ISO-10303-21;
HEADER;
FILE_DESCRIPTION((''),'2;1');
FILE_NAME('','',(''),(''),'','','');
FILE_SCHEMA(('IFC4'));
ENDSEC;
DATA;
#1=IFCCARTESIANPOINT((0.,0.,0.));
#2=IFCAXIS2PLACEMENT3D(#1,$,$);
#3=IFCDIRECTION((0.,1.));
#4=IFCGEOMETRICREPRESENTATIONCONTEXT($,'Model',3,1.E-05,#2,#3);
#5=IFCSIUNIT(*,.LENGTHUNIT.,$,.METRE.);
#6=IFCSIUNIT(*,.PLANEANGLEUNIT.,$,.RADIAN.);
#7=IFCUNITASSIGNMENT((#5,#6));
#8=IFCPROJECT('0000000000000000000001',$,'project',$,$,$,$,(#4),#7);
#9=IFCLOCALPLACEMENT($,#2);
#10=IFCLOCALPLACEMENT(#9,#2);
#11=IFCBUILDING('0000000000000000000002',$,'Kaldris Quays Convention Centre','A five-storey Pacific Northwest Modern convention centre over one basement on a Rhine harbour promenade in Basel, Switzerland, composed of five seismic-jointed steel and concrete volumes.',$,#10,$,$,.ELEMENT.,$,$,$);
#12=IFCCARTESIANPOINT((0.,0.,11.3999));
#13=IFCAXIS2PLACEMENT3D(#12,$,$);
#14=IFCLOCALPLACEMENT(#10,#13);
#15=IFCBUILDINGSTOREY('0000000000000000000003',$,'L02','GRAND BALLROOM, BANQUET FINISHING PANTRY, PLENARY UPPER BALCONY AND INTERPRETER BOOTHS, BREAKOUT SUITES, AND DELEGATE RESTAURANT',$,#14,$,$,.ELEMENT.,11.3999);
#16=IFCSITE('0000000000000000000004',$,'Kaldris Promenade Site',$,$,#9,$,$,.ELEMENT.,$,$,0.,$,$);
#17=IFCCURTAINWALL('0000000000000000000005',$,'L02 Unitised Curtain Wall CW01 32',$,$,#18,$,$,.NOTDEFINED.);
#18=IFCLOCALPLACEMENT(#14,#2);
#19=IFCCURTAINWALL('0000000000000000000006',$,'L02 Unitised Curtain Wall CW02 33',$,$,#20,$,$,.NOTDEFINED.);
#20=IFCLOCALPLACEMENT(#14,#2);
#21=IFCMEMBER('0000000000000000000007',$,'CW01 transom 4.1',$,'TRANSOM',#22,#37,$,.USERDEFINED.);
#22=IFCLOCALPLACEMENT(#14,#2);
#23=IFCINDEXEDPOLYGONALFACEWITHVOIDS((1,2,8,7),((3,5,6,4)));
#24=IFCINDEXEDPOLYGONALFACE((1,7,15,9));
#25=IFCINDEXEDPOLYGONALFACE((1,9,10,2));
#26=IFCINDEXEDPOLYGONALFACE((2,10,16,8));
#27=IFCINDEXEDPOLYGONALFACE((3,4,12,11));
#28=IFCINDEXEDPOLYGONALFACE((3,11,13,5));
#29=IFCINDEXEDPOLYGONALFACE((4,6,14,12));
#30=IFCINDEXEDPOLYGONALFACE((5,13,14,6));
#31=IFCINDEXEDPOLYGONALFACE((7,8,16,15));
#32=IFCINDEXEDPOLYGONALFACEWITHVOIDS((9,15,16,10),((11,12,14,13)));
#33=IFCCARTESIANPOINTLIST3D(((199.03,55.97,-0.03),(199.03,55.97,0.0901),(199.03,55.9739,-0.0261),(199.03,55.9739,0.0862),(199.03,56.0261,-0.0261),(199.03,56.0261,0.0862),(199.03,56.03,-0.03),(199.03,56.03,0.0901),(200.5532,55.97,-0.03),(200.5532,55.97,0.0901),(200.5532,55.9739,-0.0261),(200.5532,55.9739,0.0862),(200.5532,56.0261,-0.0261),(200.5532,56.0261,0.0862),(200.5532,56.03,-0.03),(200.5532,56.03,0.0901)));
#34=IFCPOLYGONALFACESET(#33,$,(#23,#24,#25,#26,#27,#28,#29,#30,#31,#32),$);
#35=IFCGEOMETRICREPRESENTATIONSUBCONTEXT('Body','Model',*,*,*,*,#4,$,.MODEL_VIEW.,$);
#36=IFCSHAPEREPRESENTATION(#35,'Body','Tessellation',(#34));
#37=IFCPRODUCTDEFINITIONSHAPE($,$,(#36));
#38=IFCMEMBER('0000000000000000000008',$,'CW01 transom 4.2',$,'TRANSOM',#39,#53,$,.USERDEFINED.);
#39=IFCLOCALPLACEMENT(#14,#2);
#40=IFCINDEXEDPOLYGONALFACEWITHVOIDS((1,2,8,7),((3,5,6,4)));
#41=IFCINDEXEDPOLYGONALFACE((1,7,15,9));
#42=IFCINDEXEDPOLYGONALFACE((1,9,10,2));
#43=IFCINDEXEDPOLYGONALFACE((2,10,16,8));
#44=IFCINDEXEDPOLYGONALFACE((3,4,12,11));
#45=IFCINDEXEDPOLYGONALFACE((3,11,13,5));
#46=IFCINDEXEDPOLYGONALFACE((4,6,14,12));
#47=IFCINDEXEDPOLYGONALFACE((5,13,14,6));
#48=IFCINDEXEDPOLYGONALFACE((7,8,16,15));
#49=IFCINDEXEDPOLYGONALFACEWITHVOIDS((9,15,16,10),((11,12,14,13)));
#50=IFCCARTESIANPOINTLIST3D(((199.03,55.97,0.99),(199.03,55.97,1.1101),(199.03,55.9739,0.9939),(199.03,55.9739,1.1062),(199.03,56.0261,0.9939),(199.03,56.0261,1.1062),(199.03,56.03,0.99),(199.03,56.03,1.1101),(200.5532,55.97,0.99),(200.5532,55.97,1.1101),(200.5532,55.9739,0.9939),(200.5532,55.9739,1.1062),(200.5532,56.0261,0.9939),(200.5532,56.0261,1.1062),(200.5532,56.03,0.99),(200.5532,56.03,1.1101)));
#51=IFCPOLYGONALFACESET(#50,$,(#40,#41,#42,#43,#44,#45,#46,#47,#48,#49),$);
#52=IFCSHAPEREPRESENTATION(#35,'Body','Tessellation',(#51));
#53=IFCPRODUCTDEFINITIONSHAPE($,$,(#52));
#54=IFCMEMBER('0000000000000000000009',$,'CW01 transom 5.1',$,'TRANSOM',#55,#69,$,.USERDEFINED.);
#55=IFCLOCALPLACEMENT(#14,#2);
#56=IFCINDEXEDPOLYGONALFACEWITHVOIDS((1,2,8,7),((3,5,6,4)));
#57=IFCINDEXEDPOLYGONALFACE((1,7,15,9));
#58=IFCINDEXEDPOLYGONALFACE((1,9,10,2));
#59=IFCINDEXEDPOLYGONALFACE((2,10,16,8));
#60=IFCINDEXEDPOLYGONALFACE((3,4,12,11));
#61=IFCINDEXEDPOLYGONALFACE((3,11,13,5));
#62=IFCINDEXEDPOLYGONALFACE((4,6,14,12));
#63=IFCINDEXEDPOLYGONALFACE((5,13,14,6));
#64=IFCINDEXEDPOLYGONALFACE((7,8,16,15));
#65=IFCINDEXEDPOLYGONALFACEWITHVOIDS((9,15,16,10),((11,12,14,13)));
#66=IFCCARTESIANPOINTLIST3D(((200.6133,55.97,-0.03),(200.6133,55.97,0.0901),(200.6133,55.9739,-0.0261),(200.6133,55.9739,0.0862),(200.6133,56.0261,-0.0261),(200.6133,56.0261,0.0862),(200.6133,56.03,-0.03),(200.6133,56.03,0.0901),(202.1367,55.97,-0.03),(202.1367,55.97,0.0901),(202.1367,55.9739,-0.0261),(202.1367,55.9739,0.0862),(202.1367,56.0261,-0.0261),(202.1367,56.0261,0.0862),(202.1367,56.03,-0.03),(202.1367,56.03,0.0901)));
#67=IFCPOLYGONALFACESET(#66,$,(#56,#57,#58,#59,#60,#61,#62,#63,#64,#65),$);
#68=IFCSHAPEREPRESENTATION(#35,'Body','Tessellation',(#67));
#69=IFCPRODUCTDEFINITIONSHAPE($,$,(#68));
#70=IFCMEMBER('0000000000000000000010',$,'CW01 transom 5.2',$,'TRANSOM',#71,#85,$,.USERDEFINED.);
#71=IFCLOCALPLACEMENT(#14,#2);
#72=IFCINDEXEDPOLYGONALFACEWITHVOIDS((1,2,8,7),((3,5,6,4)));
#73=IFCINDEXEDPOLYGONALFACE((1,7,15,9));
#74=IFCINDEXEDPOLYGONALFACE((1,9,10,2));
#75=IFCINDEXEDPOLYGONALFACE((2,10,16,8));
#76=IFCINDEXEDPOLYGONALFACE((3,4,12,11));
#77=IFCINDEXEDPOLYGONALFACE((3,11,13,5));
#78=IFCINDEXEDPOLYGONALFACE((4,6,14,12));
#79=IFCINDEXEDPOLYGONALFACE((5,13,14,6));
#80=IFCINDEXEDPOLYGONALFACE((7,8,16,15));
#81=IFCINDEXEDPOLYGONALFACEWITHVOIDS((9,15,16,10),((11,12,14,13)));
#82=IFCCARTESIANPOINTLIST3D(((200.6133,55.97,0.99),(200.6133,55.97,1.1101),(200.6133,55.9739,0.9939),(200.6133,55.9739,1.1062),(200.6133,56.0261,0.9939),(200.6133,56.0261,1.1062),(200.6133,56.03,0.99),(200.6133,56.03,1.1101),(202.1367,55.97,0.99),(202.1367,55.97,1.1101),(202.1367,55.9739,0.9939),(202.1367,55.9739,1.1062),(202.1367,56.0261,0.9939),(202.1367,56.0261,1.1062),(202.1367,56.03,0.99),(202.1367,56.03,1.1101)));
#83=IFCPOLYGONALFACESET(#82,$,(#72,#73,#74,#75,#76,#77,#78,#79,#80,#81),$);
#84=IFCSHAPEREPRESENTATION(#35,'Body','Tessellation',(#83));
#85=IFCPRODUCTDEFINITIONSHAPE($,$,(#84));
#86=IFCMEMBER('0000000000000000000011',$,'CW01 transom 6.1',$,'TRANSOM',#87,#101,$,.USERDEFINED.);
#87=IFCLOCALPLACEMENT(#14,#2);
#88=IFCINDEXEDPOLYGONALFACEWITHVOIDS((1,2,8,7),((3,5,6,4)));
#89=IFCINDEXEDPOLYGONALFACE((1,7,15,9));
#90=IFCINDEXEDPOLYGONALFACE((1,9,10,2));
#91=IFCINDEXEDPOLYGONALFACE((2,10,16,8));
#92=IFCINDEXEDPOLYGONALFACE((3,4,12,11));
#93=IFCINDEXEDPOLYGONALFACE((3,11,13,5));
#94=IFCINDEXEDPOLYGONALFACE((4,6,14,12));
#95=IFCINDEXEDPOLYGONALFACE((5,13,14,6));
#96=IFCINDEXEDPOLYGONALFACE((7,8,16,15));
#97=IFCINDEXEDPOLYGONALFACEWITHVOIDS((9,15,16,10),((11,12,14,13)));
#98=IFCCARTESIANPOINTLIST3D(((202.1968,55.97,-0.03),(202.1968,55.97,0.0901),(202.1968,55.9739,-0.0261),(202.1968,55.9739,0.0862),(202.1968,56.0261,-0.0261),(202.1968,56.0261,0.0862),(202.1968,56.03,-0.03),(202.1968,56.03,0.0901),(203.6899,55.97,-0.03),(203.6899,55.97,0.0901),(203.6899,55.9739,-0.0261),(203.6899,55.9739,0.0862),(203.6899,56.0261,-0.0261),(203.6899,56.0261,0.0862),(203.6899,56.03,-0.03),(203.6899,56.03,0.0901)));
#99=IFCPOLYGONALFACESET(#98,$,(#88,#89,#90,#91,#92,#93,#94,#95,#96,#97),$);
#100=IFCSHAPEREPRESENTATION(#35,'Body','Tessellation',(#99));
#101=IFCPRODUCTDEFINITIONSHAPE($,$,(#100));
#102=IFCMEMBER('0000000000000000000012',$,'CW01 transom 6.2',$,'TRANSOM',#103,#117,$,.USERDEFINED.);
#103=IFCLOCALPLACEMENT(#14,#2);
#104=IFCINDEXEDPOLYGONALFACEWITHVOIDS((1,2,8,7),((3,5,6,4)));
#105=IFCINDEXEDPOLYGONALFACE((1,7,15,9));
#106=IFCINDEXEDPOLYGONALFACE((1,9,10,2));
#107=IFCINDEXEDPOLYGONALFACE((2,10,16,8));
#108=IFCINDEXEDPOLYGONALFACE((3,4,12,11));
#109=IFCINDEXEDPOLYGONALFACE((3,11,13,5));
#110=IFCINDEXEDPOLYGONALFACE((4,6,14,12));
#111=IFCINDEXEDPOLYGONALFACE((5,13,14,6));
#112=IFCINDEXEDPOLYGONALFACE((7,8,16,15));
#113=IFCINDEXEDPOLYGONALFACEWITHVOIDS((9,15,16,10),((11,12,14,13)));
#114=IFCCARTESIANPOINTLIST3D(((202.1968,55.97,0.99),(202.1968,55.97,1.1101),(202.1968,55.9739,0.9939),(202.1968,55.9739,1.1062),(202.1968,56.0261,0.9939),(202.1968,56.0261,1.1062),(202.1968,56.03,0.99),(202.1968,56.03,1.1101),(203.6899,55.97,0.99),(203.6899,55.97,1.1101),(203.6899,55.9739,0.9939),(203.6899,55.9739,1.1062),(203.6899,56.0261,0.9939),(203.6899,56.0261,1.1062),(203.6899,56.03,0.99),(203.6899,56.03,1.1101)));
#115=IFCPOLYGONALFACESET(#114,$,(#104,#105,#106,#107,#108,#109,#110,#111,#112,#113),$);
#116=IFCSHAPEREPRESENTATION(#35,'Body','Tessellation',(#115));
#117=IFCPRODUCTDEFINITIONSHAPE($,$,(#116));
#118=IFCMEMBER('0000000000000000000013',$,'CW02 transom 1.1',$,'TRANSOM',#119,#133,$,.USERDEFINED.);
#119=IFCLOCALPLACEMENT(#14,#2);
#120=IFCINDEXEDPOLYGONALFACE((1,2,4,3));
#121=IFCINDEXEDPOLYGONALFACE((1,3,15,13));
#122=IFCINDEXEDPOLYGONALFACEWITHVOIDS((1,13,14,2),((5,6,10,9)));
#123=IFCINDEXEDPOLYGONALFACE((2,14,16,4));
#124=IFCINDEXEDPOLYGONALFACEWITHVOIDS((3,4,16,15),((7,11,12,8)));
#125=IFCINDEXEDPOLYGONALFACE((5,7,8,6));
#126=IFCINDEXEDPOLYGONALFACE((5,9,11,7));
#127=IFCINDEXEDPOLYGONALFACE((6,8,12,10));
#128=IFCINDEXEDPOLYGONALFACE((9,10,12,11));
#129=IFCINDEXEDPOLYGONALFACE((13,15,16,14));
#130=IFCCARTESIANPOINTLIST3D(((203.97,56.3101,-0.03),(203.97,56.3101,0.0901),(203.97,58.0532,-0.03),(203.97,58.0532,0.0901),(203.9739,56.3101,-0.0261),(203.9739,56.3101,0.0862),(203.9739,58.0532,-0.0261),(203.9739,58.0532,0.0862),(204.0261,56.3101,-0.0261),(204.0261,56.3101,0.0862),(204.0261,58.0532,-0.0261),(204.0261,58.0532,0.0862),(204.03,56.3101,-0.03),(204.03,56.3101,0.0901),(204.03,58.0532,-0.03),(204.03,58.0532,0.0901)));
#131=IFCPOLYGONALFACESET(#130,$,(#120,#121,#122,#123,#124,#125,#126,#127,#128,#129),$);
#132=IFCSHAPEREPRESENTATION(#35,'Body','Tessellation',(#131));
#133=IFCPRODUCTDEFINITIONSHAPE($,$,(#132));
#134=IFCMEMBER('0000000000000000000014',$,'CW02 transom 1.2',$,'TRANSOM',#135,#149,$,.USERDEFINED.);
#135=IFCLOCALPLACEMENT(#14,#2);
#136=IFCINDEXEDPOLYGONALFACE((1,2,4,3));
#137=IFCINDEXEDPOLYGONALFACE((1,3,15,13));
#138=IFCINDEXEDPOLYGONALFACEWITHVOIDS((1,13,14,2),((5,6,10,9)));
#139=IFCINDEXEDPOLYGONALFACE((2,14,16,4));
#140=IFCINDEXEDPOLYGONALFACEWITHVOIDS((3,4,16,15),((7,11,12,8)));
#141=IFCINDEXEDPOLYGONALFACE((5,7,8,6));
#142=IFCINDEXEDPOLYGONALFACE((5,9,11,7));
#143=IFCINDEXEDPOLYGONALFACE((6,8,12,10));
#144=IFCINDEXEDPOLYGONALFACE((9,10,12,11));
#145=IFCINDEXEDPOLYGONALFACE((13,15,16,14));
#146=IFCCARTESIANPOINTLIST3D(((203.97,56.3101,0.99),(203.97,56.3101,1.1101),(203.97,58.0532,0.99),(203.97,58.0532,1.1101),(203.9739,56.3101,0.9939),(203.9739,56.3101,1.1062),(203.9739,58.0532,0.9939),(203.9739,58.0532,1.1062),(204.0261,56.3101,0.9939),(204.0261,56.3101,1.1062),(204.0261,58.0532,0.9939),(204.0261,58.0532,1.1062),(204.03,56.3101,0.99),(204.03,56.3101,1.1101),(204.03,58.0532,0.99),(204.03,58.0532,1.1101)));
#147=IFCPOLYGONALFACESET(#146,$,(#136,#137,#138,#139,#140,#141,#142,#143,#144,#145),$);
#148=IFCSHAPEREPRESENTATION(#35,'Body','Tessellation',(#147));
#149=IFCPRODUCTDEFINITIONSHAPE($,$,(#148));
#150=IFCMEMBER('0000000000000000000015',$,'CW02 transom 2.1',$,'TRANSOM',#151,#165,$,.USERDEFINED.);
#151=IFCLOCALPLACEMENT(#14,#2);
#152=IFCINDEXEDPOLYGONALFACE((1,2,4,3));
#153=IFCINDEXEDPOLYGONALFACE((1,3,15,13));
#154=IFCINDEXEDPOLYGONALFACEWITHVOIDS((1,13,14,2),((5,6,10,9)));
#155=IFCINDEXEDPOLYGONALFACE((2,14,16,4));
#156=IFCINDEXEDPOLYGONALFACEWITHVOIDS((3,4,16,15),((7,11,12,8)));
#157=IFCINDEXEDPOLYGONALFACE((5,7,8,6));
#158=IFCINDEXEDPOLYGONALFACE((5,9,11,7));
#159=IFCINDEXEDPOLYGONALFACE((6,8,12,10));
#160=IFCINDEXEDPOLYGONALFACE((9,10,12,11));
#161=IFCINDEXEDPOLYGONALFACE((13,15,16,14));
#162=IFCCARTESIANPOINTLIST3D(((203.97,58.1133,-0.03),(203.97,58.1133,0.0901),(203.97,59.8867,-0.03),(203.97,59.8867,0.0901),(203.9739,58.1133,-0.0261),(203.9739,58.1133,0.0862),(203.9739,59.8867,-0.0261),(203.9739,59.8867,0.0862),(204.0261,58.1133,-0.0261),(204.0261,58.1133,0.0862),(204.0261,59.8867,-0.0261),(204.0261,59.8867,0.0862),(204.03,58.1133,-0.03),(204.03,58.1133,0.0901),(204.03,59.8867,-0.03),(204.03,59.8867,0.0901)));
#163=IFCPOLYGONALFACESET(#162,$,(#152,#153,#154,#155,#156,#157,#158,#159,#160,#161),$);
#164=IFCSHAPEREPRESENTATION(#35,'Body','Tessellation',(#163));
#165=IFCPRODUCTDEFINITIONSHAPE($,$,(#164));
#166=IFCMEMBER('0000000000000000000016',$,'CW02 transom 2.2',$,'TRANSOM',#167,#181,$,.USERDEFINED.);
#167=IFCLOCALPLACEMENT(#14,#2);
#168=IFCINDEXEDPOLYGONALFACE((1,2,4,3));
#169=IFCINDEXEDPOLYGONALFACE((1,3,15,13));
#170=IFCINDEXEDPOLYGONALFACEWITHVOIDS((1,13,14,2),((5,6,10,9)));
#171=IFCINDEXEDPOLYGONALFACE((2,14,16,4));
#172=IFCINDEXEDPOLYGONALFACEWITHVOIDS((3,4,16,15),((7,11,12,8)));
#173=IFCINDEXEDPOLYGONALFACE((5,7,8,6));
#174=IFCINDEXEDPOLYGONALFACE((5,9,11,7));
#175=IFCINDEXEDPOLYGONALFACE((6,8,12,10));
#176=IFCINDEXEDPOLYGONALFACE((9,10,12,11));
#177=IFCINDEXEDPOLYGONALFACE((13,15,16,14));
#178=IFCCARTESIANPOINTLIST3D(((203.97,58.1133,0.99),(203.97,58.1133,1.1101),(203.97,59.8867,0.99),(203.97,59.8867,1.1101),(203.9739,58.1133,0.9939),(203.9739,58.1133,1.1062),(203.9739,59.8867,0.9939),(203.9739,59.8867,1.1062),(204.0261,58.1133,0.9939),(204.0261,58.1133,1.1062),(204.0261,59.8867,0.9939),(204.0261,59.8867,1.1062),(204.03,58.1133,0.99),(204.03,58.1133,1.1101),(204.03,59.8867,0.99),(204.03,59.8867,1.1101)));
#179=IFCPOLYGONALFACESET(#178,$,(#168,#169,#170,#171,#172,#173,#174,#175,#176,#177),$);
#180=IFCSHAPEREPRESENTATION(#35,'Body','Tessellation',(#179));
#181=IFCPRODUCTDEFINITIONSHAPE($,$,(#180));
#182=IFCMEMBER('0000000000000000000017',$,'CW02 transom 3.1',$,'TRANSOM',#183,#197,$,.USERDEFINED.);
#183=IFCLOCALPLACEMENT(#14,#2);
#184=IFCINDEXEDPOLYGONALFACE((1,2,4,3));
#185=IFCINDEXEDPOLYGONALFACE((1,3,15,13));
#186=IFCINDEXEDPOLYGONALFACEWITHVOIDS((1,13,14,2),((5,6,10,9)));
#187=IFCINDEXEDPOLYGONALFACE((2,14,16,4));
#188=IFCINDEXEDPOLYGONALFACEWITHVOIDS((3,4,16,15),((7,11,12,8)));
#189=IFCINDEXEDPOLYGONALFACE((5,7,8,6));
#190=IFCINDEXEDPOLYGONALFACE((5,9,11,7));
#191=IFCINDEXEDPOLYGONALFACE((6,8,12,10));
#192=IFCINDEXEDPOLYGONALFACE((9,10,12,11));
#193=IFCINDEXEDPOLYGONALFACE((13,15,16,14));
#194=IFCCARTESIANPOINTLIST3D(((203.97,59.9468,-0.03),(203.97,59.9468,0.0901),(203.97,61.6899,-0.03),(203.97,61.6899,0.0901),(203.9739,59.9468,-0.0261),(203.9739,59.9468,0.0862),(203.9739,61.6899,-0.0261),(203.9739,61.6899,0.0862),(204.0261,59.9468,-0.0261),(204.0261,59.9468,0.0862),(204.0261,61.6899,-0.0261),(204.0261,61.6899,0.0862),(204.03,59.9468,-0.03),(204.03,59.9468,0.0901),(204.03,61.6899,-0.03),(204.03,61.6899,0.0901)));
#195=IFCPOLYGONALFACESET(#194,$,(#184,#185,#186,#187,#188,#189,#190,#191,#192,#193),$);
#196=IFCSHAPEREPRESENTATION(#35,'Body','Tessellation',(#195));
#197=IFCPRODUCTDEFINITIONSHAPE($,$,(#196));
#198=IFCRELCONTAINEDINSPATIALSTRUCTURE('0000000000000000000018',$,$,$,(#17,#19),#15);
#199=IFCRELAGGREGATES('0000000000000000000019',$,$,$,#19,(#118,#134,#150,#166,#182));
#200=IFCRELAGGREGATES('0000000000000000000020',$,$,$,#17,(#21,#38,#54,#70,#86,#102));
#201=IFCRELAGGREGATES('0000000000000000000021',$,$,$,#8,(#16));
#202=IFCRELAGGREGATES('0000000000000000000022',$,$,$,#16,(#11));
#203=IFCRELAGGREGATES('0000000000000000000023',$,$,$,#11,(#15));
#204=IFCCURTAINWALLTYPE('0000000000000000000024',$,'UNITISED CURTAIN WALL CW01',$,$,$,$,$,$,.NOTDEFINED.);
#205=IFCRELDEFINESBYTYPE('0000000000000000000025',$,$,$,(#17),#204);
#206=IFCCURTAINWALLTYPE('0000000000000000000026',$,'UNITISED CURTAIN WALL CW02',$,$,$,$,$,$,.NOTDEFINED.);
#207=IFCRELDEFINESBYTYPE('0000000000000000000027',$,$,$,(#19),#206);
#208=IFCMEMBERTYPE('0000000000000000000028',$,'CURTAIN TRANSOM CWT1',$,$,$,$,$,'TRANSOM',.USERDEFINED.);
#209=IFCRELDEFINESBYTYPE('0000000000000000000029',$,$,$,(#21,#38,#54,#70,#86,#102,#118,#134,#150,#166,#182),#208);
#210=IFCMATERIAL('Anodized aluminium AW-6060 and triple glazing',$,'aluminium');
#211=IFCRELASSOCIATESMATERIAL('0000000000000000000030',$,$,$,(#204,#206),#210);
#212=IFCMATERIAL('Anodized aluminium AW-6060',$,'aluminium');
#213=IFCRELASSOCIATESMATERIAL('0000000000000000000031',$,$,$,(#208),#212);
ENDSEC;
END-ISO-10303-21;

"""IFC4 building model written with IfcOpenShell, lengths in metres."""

from ifc_helpers import new_model, si_unit, direction, frame, origin, origin_2d, place, context, subcontext, project, spatial, hollow_rectangle, extrude, material, material_profile, profile_set, type_object, element, aggregate, save


model = new_model("IFC4")

# Units and contexts
model_context = context("Model", 3, precision=1e-05, world=origin(), true_north=direction((0.0, 1.0)))
body_context = subcontext(model_context, "Body", "Model", "MODEL_VIEW")
ifc_project = project(units=[si_unit("LENGTHUNIT", "METRE"), si_unit("PLANEANGLEUNIT", "RADIAN")], contexts=[model_context])

# Site, building, storey
site_placement = place(None, origin())
site = spatial("IfcSite", under=ifc_project, at=site_placement, Name="Kaldris Promenade Site", CompositionType="ELEMENT", RefElevation=0.0)
building_placement = place(site_placement, origin())
building = spatial("IfcBuilding", under=site, at=building_placement, Name="Kaldris Quays Convention Centre", Description="A five-storey Pacific Northwest Modern convention centre over one basement on a Rhine harbour promenade in Basel, Switzerland, composed of five seismic-jointed steel and concrete volumes.", CompositionType="ELEMENT")
storey_placement = place(building_placement, frame((0.0, 0.0, 11.3999)))
storey = spatial("IfcBuildingStorey", under=building, at=storey_placement, Name="L02", Description="GRAND BALLROOM, BANQUET FINISHING PANTRY, PLENARY UPPER BALCONY AND INTERPRETER BOOTHS, BREAKOUT SUITES, AND DELEGATE RESTAURANT", CompositionType="ELEMENT", Elevation=11.3999)

# Curtain walls
ifc_material_1 = material(Name="Anodized aluminium AW-6060 and triple glazing", Category="aluminium")
curtain_wall_type_1 = type_object("IfcCurtainWallType", Name="UNITISED CURTAIN WALL CW01", PredefinedType="NOTDEFINED", material=ifc_material_1)
curtain_wall_1_placement = place(storey_placement, origin())
curtain_wall_1 = element("IfcCurtainWall", 1, at=curtain_wall_1_placement, inside=storey, type_object=curtain_wall_type_1, Name="L02 Unitised Curtain Wall CW01 32", PredefinedType="NOTDEFINED")
ifc_material_2 = material(Name="Anodized aluminium AW-6060", Category="aluminium")
curtain_wall_type_2 = type_object("IfcCurtainWallType", Name="UNITISED CURTAIN WALL CW02", PredefinedType="NOTDEFINED", material=ifc_material_1)
curtain_wall_2_placement = place(storey_placement, origin())
curtain_wall_2 = element("IfcCurtainWall", 2, at=curtain_wall_2_placement, inside=storey, type_object=curtain_wall_type_2, Name="L02 Unitised Curtain Wall CW02 33", PredefinedType="NOTDEFINED")

# Members
ifc_material_profile_1 = material_profile(ifc_material_2, hollow_rectangle(XDim=0.0601, YDim=0.1201, WallThickness=0.0039, at=origin_2d()), Name="RHS 120x60x4")
ifc_profile_set_1 = profile_set([ifc_material_profile_1], Name="Anodized aluminium AW-6060")
member_type_1 = type_object("IfcMemberType", Name="CURTAIN TRANSOM CWT1", ElementType="TRANSOM", PredefinedType="USERDEFINED", material=ifc_profile_set_1)
member_1_placement = place(storey_placement, frame((199.03, 56.0, 0.03), z_axis=(1.0, 0.0, 0.0), x_axis=(0.0, 1.0, 0.0)))
member_1 = element("IfcMember", 3, at=member_1_placement, type_object=member_type_1, Name="CW01 transom 4.1", ObjectType="TRANSOM", PredefinedType="USERDEFINED", context=body_context, shape_type="SweptSolid", body=[
    extrude(hollow_rectangle(XDim=0.0601, YDim=0.1201, WallThickness=0.0039, at=origin_2d()), origin(), (0.0, 0.0, 1.0), 1.5232),
])
member_2_placement = place(storey_placement, frame((199.03, 56.0, 1.05), z_axis=(1.0, 0.0, 0.0), x_axis=(0.0, 1.0, 0.0)))
member_2 = element("IfcMember", 4, at=member_2_placement, type_object=member_type_1, Name="CW01 transom 4.2", ObjectType="TRANSOM", PredefinedType="USERDEFINED", context=body_context, shape_type="SweptSolid", body=[
    extrude(hollow_rectangle(XDim=0.0601, YDim=0.1201, WallThickness=0.0039, at=origin_2d()), origin(), (0.0, 0.0, 1.0), 1.5232),
])
member_3_placement = place(storey_placement, frame((200.6133, 56.0, 0.03), z_axis=(1.0, 0.0, 0.0), x_axis=(0.0, 1.0, 0.0)))
member_3 = element("IfcMember", 5, at=member_3_placement, type_object=member_type_1, Name="CW01 transom 5.1", ObjectType="TRANSOM", PredefinedType="USERDEFINED", context=body_context, shape_type="SweptSolid", body=[
    extrude(hollow_rectangle(XDim=0.0601, YDim=0.1201, WallThickness=0.0039, at=origin_2d()), origin(), (0.0, 0.0, 1.0), 1.5234),
])
member_4_placement = place(storey_placement, frame((200.6133, 56.0, 1.05), z_axis=(1.0, 0.0, 0.0), x_axis=(0.0, 1.0, 0.0)))
member_4 = element("IfcMember", 6, at=member_4_placement, type_object=member_type_1, Name="CW01 transom 5.2", ObjectType="TRANSOM", PredefinedType="USERDEFINED", context=body_context, shape_type="SweptSolid", body=[
    extrude(hollow_rectangle(XDim=0.0601, YDim=0.1201, WallThickness=0.0039, at=origin_2d()), origin(), (0.0, 0.0, 1.0), 1.5234),
])
member_5_placement = place(storey_placement, frame((202.1968, 56.0, 0.03), z_axis=(1.0, 0.0, 0.0), x_axis=(0.0, 1.0, 0.0)))
member_5 = element("IfcMember", 7, at=member_5_placement, type_object=member_type_1, Name="CW01 transom 6.1", ObjectType="TRANSOM", PredefinedType="USERDEFINED", context=body_context, shape_type="SweptSolid", body=[
    extrude(hollow_rectangle(XDim=0.0601, YDim=0.1201, WallThickness=0.0039, at=origin_2d()), origin(), (0.0, 0.0, 1.0), 1.4932),
])
member_6_placement = place(storey_placement, frame((202.1968, 56.0, 1.05), z_axis=(1.0, 0.0, 0.0), x_axis=(0.0, 1.0, 0.0)))
member_6 = element("IfcMember", 8, at=member_6_placement, type_object=member_type_1, Name="CW01 transom 6.2", ObjectType="TRANSOM", PredefinedType="USERDEFINED", context=body_context, shape_type="SweptSolid", body=[
    extrude(hollow_rectangle(XDim=0.0601, YDim=0.1201, WallThickness=0.0039, at=origin_2d()), origin(), (0.0, 0.0, 1.0), 1.4932),
])
member_7_placement = place(storey_placement, frame((204.0, 56.3101, 0.03), z_axis=(0.0, 1.0, 0.0), x_axis=(-1.0, 0.0, 0.0)))
member_7 = element("IfcMember", 9, at=member_7_placement, type_object=member_type_1, Name="CW02 transom 1.1", ObjectType="TRANSOM", PredefinedType="USERDEFINED", context=body_context, shape_type="SweptSolid", body=[
    extrude(hollow_rectangle(XDim=0.0601, YDim=0.1201, WallThickness=0.0039, at=origin_2d()), origin(), (0.0, 0.0, 1.0), 1.7432),
])
member_8_placement = place(storey_placement, frame((204.0, 56.3101, 1.05), z_axis=(0.0, 1.0, 0.0), x_axis=(-1.0, 0.0, 0.0)))
member_8 = element("IfcMember", 10, at=member_8_placement, type_object=member_type_1, Name="CW02 transom 1.2", ObjectType="TRANSOM", PredefinedType="USERDEFINED", context=body_context, shape_type="SweptSolid", body=[
    extrude(hollow_rectangle(XDim=0.0601, YDim=0.1201, WallThickness=0.0039, at=origin_2d()), origin(), (0.0, 0.0, 1.0), 1.7432),
])
member_9_placement = place(storey_placement, frame((204.0, 58.1133, 0.03), z_axis=(0.0, 1.0, 0.0), x_axis=(-1.0, 0.0, 0.0)))
member_9 = element("IfcMember", 11, at=member_9_placement, type_object=member_type_1, Name="CW02 transom 2.1", ObjectType="TRANSOM", PredefinedType="USERDEFINED", context=body_context, shape_type="SweptSolid", body=[
    extrude(hollow_rectangle(XDim=0.0601, YDim=0.1201, WallThickness=0.0039, at=origin_2d()), origin(), (0.0, 0.0, 1.0), 1.7734),
])
member_10_placement = place(storey_placement, frame((204.0, 58.1133, 1.05), z_axis=(0.0, 1.0, 0.0), x_axis=(-1.0, 0.0, 0.0)))
member_10 = element("IfcMember", 12, at=member_10_placement, type_object=member_type_1, Name="CW02 transom 2.2", ObjectType="TRANSOM", PredefinedType="USERDEFINED", context=body_context, shape_type="SweptSolid", body=[
    extrude(hollow_rectangle(XDim=0.0601, YDim=0.1201, WallThickness=0.0039, at=origin_2d()), origin(), (0.0, 0.0, 1.0), 1.7734),
])
member_11_placement = place(storey_placement, frame((204.0, 59.9468, 0.03), z_axis=(0.0, 1.0, 0.0), x_axis=(-1.0, 0.0, 0.0)))
member_11 = element("IfcMember", 13, at=member_11_placement, type_object=member_type_1, Name="CW02 transom 3.1", ObjectType="TRANSOM", PredefinedType="USERDEFINED", context=body_context, shape_type="SweptSolid", body=[
    extrude(hollow_rectangle(XDim=0.0601, YDim=0.1201, WallThickness=0.0039, at=origin_2d()), origin(), (0.0, 0.0, 1.0), 1.7432),
])

aggregate(curtain_wall_2, [member_7, member_8, member_9, member_10, member_11])
aggregate(curtain_wall_1, [member_1, member_2, member_3, member_4, member_5, member_6])

save(model, "model.ifc")
